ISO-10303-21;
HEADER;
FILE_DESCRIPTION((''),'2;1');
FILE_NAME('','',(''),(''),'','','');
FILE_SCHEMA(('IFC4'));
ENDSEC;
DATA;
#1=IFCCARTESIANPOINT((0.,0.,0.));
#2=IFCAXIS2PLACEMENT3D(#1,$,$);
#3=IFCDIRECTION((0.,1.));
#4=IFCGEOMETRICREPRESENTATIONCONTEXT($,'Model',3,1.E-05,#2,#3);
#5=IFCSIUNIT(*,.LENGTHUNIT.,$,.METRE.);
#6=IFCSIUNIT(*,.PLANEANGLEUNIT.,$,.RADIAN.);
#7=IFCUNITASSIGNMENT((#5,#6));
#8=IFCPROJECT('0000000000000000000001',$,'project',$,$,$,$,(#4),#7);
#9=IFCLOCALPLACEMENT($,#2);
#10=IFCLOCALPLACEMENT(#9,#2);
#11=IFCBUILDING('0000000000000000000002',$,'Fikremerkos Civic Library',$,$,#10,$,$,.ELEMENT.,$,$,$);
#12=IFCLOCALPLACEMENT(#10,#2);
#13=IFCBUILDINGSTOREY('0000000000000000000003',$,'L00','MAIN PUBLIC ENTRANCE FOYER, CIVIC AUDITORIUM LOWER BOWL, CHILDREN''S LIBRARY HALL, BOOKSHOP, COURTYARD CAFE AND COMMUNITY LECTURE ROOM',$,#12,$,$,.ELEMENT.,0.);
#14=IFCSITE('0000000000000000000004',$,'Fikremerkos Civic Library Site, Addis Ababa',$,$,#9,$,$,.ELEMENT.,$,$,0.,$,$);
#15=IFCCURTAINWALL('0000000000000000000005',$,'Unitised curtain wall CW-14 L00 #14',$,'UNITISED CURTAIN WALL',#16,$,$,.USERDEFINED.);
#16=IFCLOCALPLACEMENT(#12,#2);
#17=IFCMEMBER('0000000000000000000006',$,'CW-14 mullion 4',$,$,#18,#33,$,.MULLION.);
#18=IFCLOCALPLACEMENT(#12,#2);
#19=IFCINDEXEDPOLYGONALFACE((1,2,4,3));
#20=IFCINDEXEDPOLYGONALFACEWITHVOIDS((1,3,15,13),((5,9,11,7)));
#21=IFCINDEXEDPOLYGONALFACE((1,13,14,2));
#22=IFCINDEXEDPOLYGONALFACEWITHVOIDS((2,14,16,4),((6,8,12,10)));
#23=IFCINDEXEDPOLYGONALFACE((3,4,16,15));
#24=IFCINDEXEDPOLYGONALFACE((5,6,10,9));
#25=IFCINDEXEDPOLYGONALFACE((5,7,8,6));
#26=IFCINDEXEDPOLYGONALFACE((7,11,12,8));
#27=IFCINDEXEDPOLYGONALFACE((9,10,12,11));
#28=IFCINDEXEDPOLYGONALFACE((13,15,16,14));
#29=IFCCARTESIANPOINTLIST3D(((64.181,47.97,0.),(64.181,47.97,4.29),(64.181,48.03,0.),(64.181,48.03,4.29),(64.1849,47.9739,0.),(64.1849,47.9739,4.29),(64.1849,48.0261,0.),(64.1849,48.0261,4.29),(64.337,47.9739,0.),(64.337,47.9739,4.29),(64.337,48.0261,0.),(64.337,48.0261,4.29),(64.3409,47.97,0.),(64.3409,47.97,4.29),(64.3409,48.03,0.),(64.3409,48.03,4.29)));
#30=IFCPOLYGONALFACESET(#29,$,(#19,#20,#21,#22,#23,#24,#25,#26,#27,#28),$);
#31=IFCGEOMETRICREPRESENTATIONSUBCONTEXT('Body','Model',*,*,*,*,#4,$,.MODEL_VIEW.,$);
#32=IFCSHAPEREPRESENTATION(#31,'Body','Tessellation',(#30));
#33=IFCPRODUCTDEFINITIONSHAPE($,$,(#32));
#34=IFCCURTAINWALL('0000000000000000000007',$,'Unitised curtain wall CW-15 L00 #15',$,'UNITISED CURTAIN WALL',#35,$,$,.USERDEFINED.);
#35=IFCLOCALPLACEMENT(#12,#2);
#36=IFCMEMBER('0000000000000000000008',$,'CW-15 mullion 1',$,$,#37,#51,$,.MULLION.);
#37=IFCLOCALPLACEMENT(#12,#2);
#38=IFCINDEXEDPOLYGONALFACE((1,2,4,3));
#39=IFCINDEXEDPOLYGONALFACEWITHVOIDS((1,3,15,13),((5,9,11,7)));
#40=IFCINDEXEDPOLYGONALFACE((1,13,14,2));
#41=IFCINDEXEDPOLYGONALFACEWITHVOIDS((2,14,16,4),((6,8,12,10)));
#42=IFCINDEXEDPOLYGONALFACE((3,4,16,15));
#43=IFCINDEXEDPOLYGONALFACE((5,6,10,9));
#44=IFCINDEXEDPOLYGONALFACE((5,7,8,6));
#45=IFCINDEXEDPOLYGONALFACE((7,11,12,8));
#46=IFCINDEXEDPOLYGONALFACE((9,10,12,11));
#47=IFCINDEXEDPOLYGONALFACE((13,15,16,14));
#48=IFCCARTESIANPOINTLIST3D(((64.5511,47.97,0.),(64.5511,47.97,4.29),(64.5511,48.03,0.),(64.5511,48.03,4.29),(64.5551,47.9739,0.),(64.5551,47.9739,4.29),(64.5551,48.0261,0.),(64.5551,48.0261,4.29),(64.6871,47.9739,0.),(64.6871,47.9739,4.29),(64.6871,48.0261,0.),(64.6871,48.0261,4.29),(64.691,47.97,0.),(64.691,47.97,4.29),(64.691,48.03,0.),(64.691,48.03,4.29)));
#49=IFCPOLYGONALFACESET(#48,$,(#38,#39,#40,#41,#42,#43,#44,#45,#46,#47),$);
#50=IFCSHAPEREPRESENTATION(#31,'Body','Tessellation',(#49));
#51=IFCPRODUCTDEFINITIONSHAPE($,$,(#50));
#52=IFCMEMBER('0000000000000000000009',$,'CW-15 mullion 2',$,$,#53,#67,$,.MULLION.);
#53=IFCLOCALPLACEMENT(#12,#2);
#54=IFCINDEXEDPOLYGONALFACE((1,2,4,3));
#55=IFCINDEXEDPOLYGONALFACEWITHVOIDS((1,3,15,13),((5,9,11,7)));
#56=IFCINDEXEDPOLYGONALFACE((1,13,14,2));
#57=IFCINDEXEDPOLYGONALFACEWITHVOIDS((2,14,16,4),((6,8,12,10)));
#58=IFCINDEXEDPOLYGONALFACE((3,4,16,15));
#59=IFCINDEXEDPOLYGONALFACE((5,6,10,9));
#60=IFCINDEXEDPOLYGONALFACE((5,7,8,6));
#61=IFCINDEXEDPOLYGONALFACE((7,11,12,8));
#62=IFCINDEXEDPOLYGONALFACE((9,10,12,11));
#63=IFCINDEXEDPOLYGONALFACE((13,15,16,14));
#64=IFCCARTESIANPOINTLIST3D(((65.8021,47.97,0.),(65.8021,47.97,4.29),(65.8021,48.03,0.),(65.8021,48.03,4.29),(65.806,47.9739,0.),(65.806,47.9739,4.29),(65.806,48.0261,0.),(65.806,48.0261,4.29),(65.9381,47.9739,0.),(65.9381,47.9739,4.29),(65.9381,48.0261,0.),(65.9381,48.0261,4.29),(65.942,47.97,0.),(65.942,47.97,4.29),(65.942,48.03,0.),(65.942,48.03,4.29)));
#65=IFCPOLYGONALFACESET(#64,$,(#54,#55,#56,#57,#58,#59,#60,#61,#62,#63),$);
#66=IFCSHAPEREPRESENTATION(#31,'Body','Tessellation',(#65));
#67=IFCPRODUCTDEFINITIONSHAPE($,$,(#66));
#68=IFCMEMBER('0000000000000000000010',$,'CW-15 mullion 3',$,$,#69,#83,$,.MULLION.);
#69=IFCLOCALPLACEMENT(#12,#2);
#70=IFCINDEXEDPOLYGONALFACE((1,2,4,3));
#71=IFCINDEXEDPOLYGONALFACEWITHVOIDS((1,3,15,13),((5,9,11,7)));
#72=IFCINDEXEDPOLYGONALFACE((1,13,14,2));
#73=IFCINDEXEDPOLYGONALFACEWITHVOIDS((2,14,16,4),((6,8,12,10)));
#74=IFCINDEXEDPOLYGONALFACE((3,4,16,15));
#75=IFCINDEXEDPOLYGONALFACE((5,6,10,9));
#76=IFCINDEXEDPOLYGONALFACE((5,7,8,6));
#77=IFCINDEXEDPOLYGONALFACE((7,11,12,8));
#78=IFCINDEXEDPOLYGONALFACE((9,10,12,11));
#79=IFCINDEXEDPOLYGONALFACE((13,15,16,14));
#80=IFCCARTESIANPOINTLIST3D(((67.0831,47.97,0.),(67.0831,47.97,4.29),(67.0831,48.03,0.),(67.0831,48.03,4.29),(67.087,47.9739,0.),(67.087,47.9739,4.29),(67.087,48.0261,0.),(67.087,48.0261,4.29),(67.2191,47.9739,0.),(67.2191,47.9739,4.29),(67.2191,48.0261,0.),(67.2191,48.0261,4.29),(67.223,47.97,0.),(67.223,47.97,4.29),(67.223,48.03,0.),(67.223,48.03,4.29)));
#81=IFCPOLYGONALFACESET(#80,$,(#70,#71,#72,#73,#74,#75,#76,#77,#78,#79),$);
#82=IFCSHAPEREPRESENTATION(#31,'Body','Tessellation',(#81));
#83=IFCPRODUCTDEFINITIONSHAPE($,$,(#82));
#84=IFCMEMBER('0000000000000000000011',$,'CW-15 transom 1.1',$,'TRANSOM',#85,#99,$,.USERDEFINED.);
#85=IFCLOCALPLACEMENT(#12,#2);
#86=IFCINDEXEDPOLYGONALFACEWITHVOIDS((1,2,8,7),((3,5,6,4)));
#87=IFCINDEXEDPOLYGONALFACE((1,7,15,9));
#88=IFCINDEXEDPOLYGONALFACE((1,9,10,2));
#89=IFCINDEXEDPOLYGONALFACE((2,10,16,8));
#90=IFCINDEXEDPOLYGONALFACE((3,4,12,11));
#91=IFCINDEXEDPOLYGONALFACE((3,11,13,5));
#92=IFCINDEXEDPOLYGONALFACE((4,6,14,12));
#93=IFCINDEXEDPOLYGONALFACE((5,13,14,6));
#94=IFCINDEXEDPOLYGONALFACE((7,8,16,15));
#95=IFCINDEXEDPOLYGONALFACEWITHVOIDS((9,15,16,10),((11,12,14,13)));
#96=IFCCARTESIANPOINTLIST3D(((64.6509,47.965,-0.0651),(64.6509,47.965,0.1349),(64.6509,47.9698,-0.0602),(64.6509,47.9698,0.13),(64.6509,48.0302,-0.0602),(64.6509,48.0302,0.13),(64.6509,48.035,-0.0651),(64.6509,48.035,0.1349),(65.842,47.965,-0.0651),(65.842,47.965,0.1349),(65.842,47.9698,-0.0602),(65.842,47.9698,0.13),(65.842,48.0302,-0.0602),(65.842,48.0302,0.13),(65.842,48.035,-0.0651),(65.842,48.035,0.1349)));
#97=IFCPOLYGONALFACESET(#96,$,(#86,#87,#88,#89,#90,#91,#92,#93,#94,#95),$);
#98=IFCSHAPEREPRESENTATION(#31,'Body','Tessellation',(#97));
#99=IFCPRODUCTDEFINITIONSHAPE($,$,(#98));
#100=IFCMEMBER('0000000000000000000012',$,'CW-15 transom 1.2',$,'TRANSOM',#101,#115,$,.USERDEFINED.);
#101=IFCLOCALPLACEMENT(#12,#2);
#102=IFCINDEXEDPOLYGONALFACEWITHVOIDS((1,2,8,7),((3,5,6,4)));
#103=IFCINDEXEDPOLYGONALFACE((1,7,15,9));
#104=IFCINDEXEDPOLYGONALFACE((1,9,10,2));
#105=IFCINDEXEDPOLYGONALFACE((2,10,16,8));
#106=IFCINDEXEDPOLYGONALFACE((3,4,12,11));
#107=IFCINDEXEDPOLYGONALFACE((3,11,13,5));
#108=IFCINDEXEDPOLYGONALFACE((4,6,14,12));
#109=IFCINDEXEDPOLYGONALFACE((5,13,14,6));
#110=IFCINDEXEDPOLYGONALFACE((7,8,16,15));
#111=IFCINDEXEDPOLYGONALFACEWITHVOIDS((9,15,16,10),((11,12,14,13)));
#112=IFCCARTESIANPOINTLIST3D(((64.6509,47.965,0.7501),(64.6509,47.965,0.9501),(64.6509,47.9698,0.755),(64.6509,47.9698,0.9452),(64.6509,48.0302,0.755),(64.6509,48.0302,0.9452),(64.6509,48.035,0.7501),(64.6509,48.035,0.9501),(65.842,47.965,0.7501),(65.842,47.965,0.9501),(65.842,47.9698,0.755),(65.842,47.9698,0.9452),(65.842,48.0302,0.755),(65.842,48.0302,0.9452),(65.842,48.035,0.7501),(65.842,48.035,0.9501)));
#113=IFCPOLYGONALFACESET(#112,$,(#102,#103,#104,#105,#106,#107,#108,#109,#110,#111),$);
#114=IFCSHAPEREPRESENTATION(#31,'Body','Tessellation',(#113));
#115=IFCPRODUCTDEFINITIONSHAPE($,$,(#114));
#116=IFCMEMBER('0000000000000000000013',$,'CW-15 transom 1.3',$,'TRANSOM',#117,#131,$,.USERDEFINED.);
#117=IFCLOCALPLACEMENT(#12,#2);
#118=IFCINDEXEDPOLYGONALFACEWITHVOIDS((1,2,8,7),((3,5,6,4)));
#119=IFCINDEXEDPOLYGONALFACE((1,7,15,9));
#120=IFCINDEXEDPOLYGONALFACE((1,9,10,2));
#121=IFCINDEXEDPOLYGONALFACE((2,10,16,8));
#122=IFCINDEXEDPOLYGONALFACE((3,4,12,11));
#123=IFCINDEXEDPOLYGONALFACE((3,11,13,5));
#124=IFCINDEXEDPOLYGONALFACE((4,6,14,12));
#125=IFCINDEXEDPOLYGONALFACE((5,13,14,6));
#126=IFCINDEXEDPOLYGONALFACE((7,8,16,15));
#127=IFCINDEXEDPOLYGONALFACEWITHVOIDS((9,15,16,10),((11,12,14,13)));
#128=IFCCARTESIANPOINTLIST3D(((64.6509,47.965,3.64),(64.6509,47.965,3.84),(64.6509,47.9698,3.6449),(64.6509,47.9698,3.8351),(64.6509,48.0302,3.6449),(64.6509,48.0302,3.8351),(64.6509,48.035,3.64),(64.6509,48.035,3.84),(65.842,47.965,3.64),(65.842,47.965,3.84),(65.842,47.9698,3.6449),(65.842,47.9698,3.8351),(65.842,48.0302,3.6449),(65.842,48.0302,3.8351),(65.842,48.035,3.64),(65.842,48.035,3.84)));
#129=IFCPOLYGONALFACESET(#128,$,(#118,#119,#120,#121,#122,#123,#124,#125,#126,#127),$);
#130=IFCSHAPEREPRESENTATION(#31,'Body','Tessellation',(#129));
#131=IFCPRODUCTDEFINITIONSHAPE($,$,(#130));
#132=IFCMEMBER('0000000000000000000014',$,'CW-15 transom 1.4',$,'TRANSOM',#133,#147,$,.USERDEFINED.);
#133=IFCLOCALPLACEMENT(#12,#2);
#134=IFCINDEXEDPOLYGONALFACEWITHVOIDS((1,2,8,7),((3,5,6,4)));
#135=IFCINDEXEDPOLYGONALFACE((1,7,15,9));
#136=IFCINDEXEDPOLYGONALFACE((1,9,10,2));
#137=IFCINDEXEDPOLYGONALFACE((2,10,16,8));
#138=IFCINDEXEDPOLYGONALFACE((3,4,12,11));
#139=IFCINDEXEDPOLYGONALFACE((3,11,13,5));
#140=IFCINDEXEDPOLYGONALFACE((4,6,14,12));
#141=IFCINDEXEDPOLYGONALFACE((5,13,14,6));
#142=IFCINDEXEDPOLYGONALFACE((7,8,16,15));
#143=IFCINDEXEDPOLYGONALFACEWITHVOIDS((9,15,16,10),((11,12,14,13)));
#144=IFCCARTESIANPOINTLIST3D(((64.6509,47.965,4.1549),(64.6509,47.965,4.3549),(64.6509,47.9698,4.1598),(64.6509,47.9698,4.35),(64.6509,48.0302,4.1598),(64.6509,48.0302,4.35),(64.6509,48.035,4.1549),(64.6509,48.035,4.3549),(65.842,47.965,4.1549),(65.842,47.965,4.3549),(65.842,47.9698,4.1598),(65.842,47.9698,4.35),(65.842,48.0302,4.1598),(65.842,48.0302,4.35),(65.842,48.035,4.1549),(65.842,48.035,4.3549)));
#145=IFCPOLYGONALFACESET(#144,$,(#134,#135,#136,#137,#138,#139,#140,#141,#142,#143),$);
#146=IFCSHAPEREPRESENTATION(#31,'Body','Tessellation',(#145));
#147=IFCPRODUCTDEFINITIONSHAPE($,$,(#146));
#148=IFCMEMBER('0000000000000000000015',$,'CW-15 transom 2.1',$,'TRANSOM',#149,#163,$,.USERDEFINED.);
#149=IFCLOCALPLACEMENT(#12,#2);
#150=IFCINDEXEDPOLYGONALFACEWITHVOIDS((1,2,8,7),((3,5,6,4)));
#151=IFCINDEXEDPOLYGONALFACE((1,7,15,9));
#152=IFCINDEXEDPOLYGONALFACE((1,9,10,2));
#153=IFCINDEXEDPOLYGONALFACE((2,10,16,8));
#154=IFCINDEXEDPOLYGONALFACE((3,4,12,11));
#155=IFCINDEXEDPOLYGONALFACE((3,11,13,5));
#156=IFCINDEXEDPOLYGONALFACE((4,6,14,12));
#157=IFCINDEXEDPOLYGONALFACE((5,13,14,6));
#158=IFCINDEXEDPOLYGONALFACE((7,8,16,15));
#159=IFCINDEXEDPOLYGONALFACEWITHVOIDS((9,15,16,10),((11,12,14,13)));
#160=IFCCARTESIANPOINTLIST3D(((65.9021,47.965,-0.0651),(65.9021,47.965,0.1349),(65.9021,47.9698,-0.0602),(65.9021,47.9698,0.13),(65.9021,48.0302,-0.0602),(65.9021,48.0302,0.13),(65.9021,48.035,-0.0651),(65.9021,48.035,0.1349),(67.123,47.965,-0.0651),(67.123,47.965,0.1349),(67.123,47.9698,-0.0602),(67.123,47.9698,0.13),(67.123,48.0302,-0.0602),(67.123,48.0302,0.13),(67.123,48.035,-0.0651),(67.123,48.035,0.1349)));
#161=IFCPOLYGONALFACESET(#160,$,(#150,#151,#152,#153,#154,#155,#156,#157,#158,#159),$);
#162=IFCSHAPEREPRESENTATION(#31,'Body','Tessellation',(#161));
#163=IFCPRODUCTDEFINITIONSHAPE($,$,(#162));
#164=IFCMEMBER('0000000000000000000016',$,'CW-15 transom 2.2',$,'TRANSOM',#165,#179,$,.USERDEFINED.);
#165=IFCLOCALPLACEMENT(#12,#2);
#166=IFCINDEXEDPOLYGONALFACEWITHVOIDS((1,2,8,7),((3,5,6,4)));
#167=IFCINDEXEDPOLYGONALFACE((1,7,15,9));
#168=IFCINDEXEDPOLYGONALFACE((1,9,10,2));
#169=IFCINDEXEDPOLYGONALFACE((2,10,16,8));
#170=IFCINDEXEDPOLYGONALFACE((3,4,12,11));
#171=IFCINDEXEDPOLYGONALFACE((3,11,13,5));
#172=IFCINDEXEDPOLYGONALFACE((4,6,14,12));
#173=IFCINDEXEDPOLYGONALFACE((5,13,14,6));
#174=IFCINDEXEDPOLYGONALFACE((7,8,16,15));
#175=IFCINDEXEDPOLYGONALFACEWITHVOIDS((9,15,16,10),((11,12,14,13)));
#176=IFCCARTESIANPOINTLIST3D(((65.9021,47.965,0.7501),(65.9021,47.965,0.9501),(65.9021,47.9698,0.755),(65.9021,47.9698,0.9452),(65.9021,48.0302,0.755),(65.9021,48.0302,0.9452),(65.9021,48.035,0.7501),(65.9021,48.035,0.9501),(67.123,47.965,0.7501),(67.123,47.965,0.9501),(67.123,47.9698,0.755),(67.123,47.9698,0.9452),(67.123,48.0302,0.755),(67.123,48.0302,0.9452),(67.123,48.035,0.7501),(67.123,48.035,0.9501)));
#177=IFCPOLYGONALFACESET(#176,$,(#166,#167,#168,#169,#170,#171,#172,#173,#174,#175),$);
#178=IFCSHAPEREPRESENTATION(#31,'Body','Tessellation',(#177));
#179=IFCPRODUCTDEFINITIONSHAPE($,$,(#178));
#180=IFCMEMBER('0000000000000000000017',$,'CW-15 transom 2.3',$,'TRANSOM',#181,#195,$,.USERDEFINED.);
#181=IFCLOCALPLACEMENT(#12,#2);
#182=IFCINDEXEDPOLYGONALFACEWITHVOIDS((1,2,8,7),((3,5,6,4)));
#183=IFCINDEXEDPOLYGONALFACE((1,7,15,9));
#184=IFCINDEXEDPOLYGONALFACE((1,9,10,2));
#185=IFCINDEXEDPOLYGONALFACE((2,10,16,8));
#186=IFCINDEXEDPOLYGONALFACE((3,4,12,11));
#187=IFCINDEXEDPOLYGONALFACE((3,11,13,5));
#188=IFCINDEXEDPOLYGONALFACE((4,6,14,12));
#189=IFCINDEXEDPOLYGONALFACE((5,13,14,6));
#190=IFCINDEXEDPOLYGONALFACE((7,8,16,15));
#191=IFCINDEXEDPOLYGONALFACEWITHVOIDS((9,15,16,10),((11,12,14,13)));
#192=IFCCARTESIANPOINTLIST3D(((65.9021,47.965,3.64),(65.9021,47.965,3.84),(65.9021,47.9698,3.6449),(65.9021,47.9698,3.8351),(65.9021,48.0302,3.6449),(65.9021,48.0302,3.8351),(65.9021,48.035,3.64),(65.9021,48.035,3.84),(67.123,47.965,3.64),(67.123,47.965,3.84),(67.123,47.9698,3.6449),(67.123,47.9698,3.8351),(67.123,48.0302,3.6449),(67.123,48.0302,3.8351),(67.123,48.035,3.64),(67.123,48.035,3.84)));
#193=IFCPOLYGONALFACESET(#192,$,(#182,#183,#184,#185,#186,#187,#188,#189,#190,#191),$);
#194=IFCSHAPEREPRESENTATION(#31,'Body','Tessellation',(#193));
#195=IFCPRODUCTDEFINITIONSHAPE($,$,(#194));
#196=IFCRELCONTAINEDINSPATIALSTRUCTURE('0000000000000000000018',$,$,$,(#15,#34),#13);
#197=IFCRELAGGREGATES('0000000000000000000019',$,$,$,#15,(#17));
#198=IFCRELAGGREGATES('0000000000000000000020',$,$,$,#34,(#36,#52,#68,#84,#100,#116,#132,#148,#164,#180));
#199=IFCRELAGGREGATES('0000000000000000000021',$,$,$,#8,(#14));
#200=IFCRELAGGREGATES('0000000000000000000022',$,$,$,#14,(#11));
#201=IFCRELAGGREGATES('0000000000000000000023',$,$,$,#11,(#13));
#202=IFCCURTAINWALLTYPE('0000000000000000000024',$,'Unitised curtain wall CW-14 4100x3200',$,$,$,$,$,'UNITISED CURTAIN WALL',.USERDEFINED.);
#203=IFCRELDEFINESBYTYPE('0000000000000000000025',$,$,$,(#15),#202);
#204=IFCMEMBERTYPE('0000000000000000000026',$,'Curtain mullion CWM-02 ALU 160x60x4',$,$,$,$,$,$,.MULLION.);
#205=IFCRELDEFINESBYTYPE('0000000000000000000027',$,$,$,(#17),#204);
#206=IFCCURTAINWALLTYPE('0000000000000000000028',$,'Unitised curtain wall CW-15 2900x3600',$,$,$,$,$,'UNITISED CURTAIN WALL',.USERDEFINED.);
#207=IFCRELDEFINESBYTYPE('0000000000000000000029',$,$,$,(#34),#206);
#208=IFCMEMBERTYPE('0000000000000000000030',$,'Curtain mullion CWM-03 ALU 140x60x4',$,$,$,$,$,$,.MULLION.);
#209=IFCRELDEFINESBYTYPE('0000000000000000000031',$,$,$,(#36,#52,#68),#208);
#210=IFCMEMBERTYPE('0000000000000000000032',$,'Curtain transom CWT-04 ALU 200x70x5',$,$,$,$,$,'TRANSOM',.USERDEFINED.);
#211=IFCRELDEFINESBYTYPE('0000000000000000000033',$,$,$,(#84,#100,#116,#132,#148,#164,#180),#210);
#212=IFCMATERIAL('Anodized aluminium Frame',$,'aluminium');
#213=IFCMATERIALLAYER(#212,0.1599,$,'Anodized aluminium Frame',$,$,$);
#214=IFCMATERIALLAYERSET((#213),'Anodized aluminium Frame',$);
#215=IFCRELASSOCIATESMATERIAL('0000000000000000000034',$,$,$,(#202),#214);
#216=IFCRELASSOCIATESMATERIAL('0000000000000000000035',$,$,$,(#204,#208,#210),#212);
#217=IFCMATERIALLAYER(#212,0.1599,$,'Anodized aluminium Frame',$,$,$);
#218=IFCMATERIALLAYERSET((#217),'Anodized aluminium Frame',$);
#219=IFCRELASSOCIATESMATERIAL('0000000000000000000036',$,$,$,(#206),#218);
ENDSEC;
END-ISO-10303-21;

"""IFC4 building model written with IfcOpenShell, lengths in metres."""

from ifc_helpers import new_model, si_unit, direction, frame, origin, origin_2d, place, context, subcontext, project, spatial, hollow_rectangle, extrude, material, layer, layer_set, material_profile, profile_set, type_object, element, aggregate, save


model = new_model("IFC4")

# Units and contexts
model_context = context("Model", 3, precision=1e-05, world=origin(), true_north=direction((0.0, 1.0)))
body_context = subcontext(model_context, "Body", "Model", "MODEL_VIEW")
ifc_project = project(units=[si_unit("LENGTHUNIT", "METRE"), si_unit("PLANEANGLEUNIT", "RADIAN")], contexts=[model_context])

# Site, building, storey
site_placement = place(None, origin())
site = spatial("IfcSite", under=ifc_project, at=site_placement, Name="Fikremerkos Civic Library Site, Addis Ababa", CompositionType="ELEMENT", RefElevation=0.0)
building_placement = place(site_placement, origin())
building = spatial("IfcBuilding", under=site, at=building_placement, Name="Fikremerkos Civic Library", CompositionType="ELEMENT")
storey_placement = place(building_placement, origin())
storey = spatial("IfcBuildingStorey", under=building, at=storey_placement, Name="L00", Description="MAIN PUBLIC ENTRANCE FOYER, CIVIC AUDITORIUM LOWER BOWL, CHILDREN'S LIBRARY HALL, BOOKSHOP, COURTYARD CAFE AND COMMUNITY LECTURE ROOM", CompositionType="ELEMENT", Elevation=0.0)

# Curtain wall, member
ifc_material_1 = material(Name="Anodized aluminium Frame", Category="aluminium")
ifc_layer_1 = layer(ifc_material_1, 0.1599, Name="Anodized aluminium Frame")
ifc_layer_set_1 = layer_set([ifc_layer_1], Name="Anodized aluminium Frame")
curtain_wall_type_1 = type_object("IfcCurtainWallType", Name="Unitised curtain wall CW-14 4100x3200", ElementType="UNITISED CURTAIN WALL", PredefinedType="USERDEFINED", material=ifc_layer_set_1)
curtain_wall_1_placement = place(storey_placement, origin())
curtain_wall_1 = element("IfcCurtainWall", 1, at=curtain_wall_1_placement, inside=storey, type_object=curtain_wall_type_1, Name="Unitised curtain wall CW-14 L00 #14", ObjectType="UNITISED CURTAIN WALL", PredefinedType="USERDEFINED")
ifc_material_profile_1 = material_profile(ifc_material_1, hollow_rectangle(XDim=0.0601, YDim=0.1599, WallThickness=0.0039, at=origin_2d()), Name="ALU 160x60x4")
ifc_profile_set_1 = profile_set([ifc_material_profile_1], Name="Anodized aluminium Frame")
member_type_1 = type_object("IfcMemberType", Name="Curtain mullion CWM-02 ALU 160x60x4", PredefinedType="MULLION", material=ifc_profile_set_1)
member_1_placement = place(storey_placement, frame((64.261, 48.0, 0.0), z_axis=(0.0, 0.0, 1.0), x_axis=(0.0, 1.0, 0.0)))
member_1 = element("IfcMember", 2, at=member_1_placement, type_object=member_type_1, Name="CW-14 mullion 4", PredefinedType="MULLION", context=body_context, shape_type="SweptSolid", body=[
    extrude(hollow_rectangle(XDim=0.0601, YDim=0.1599, WallThickness=0.0039, at=origin_2d()), origin(), (0.0, 0.0, 1.0), 4.29),
])

# Curtain wall, members
ifc_layer_2 = layer(ifc_material_1, 0.1599, Name="Anodized aluminium Frame")
ifc_layer_set_2 = layer_set([ifc_layer_2], Name="Anodized aluminium Frame")
curtain_wall_type_2 = type_object("IfcCurtainWallType", Name="Unitised curtain wall CW-15 2900x3600", ElementType="UNITISED CURTAIN WALL", PredefinedType="USERDEFINED", material=ifc_layer_set_2)
curtain_wall_2_placement = place(storey_placement, origin())
curtain_wall_2 = element("IfcCurtainWall", 3, at=curtain_wall_2_placement, inside=storey, type_object=curtain_wall_type_2, Name="Unitised curtain wall CW-15 L00 #15", ObjectType="UNITISED CURTAIN WALL", PredefinedType="USERDEFINED")
ifc_material_profile_2 = material_profile(ifc_material_1, hollow_rectangle(XDim=0.0601, YDim=0.1399, WallThickness=0.0039, at=origin_2d()), Name="ALU 140x60x4")
ifc_profile_set_2 = profile_set([ifc_material_profile_2], Name="Anodized aluminium Frame")
member_type_2 = type_object("IfcMemberType", Name="Curtain mullion CWM-03 ALU 140x60x4", PredefinedType="MULLION", material=ifc_profile_set_2)
member_2_placement = place(storey_placement, frame((64.6211, 48.0, 0.0), z_axis=(0.0, 0.0, 1.0), x_axis=(0.0, 1.0, 0.0)))
member_2 = element("IfcMember", 4, at=member_2_placement, type_object=member_type_2, Name="CW-15 mullion 1", PredefinedType="MULLION", context=body_context, shape_type="SweptSolid", body=[
    extrude(hollow_rectangle(XDim=0.0601, YDim=0.1399, WallThickness=0.0039, at=origin_2d()), origin(), (0.0, 0.0, 1.0), 4.29),
])
member_3_placement = place(storey_placement, frame((65.8721, 48.0, 0.0), z_axis=(0.0, 0.0, 1.0), x_axis=(0.0, 1.0, 0.0)))
member_3 = element("IfcMember", 5, at=member_3_placement, type_object=member_type_2, Name="CW-15 mullion 2", PredefinedType="MULLION", context=body_context, shape_type="SweptSolid", body=[
    extrude(hollow_rectangle(XDim=0.0601, YDim=0.1399, WallThickness=0.0039, at=origin_2d()), origin(), (0.0, 0.0, 1.0), 4.29),
])
member_4_placement = place(storey_placement, frame((67.1531, 48.0, 0.0), z_axis=(0.0, 0.0, 1.0), x_axis=(0.0, 1.0, 0.0)))
member_4 = element("IfcMember", 6, at=member_4_placement, type_object=member_type_2, Name="CW-15 mullion 3", PredefinedType="MULLION", context=body_context, shape_type="SweptSolid", body=[
    extrude(hollow_rectangle(XDim=0.0601, YDim=0.1399, WallThickness=0.0039, at=origin_2d()), origin(), (0.0, 0.0, 1.0), 4.29),
])
ifc_material_profile_3 = material_profile(ifc_material_1, hollow_rectangle(XDim=0.0701, YDim=0.2, WallThickness=0.0049, at=origin_2d()), Name="ALU 200x70x5")
ifc_profile_set_3 = profile_set([ifc_material_profile_3], Name="Anodized aluminium Frame")
member_type_3 = type_object("IfcMemberType", Name="Curtain transom CWT-04 ALU 200x70x5", ElementType="TRANSOM", PredefinedType="USERDEFINED", material=ifc_profile_set_3)
member_5_placement = place(storey_placement, frame((64.6509, 48.0, 0.0349), z_axis=(1.0, 0.0, 0.0), x_axis=(0.0, 1.0, 0.0)))
member_5 = element("IfcMember", 7, at=member_5_placement, type_object=member_type_3, Name="CW-15 transom 1.1", ObjectType="TRANSOM", PredefinedType="USERDEFINED", context=body_context, shape_type="SweptSolid", body=[
    extrude(hollow_rectangle(XDim=0.0701, YDim=0.2, WallThickness=0.0049, at=origin_2d()), origin(), (0.0, 0.0, 1.0), 1.1912),
])
member_6_placement = place(storey_placement, frame((64.6509, 48.0, 0.8501), z_axis=(1.0, 0.0, 0.0), x_axis=(0.0, 1.0, 0.0)))
member_6 = element("IfcMember", 8, at=member_6_placement, type_object=member_type_3, Name="CW-15 transom 1.2", ObjectType="TRANSOM", PredefinedType="USERDEFINED", context=body_context, shape_type="SweptSolid", body=[
    extrude(hollow_rectangle(XDim=0.0701, YDim=0.2, WallThickness=0.0049, at=origin_2d()), origin(), (0.0, 0.0, 1.0), 1.1912),
])
member_7_placement = place(storey_placement, frame((64.6509, 48.0, 3.74), z_axis=(1.0, 0.0, 0.0), x_axis=(0.0, 1.0, 0.0)))
member_7 = element("IfcMember", 9, at=member_7_placement, type_object=member_type_3, Name="CW-15 transom 1.3", ObjectType="TRANSOM", PredefinedType="USERDEFINED", context=body_context, shape_type="SweptSolid", body=[
    extrude(hollow_rectangle(XDim=0.0701, YDim=0.2, WallThickness=0.0049, at=origin_2d()), origin(), (0.0, 0.0, 1.0), 1.1912),
])
member_8_placement = place(storey_placement, frame((64.6509, 48.0, 4.2549), z_axis=(1.0, 0.0, 0.0), x_axis=(0.0, 1.0, 0.0)))
member_8 = element("IfcMember", 10, at=member_8_placement, type_object=member_type_3, Name="CW-15 transom 1.4", ObjectType="TRANSOM", PredefinedType="USERDEFINED", context=body_context, shape_type="SweptSolid", body=[
    extrude(hollow_rectangle(XDim=0.0701, YDim=0.2, WallThickness=0.0049, at=origin_2d()), origin(), (0.0, 0.0, 1.0), 1.1912),
])
member_9_placement = place(storey_placement, frame((65.9021, 48.0, 0.0349), z_axis=(1.0, 0.0, 0.0), x_axis=(0.0, 1.0, 0.0)))
member_9 = element("IfcMember", 11, at=member_9_placement, type_object=member_type_3, Name="CW-15 transom 2.1", ObjectType="TRANSOM", PredefinedType="USERDEFINED", context=body_context, shape_type="SweptSolid", body=[
    extrude(hollow_rectangle(XDim=0.0701, YDim=0.2, WallThickness=0.0049, at=origin_2d()), origin(), (0.0, 0.0, 1.0), 1.2209),
])
member_10_placement = place(storey_placement, frame((65.9021, 48.0, 0.8501), z_axis=(1.0, 0.0, 0.0), x_axis=(0.0, 1.0, 0.0)))
member_10 = element("IfcMember", 12, at=member_10_placement, type_object=member_type_3, Name="CW-15 transom 2.2", ObjectType="TRANSOM", PredefinedType="USERDEFINED", context=body_context, shape_type="SweptSolid", body=[
    extrude(hollow_rectangle(XDim=0.0701, YDim=0.2, WallThickness=0.0049, at=origin_2d()), origin(), (0.0, 0.0, 1.0), 1.2209),
])
member_11_placement = place(storey_placement, frame((65.9021, 48.0, 3.74), z_axis=(1.0, 0.0, 0.0), x_axis=(0.0, 1.0, 0.0)))
member_11 = element("IfcMember", 13, at=member_11_placement, type_object=member_type_3, Name="CW-15 transom 2.3", ObjectType="TRANSOM", PredefinedType="USERDEFINED", context=body_context, shape_type="SweptSolid", body=[
    extrude(hollow_rectangle(XDim=0.0701, YDim=0.2, WallThickness=0.0049, at=origin_2d()), origin(), (0.0, 0.0, 1.0), 1.2209),
])

aggregate(curtain_wall_1, [member_1])
aggregate(curtain_wall_2, [member_2, member_3, member_4, member_5, member_6, member_7, member_8, member_9, member_10, member_11])

save(model, "model.ifc")
